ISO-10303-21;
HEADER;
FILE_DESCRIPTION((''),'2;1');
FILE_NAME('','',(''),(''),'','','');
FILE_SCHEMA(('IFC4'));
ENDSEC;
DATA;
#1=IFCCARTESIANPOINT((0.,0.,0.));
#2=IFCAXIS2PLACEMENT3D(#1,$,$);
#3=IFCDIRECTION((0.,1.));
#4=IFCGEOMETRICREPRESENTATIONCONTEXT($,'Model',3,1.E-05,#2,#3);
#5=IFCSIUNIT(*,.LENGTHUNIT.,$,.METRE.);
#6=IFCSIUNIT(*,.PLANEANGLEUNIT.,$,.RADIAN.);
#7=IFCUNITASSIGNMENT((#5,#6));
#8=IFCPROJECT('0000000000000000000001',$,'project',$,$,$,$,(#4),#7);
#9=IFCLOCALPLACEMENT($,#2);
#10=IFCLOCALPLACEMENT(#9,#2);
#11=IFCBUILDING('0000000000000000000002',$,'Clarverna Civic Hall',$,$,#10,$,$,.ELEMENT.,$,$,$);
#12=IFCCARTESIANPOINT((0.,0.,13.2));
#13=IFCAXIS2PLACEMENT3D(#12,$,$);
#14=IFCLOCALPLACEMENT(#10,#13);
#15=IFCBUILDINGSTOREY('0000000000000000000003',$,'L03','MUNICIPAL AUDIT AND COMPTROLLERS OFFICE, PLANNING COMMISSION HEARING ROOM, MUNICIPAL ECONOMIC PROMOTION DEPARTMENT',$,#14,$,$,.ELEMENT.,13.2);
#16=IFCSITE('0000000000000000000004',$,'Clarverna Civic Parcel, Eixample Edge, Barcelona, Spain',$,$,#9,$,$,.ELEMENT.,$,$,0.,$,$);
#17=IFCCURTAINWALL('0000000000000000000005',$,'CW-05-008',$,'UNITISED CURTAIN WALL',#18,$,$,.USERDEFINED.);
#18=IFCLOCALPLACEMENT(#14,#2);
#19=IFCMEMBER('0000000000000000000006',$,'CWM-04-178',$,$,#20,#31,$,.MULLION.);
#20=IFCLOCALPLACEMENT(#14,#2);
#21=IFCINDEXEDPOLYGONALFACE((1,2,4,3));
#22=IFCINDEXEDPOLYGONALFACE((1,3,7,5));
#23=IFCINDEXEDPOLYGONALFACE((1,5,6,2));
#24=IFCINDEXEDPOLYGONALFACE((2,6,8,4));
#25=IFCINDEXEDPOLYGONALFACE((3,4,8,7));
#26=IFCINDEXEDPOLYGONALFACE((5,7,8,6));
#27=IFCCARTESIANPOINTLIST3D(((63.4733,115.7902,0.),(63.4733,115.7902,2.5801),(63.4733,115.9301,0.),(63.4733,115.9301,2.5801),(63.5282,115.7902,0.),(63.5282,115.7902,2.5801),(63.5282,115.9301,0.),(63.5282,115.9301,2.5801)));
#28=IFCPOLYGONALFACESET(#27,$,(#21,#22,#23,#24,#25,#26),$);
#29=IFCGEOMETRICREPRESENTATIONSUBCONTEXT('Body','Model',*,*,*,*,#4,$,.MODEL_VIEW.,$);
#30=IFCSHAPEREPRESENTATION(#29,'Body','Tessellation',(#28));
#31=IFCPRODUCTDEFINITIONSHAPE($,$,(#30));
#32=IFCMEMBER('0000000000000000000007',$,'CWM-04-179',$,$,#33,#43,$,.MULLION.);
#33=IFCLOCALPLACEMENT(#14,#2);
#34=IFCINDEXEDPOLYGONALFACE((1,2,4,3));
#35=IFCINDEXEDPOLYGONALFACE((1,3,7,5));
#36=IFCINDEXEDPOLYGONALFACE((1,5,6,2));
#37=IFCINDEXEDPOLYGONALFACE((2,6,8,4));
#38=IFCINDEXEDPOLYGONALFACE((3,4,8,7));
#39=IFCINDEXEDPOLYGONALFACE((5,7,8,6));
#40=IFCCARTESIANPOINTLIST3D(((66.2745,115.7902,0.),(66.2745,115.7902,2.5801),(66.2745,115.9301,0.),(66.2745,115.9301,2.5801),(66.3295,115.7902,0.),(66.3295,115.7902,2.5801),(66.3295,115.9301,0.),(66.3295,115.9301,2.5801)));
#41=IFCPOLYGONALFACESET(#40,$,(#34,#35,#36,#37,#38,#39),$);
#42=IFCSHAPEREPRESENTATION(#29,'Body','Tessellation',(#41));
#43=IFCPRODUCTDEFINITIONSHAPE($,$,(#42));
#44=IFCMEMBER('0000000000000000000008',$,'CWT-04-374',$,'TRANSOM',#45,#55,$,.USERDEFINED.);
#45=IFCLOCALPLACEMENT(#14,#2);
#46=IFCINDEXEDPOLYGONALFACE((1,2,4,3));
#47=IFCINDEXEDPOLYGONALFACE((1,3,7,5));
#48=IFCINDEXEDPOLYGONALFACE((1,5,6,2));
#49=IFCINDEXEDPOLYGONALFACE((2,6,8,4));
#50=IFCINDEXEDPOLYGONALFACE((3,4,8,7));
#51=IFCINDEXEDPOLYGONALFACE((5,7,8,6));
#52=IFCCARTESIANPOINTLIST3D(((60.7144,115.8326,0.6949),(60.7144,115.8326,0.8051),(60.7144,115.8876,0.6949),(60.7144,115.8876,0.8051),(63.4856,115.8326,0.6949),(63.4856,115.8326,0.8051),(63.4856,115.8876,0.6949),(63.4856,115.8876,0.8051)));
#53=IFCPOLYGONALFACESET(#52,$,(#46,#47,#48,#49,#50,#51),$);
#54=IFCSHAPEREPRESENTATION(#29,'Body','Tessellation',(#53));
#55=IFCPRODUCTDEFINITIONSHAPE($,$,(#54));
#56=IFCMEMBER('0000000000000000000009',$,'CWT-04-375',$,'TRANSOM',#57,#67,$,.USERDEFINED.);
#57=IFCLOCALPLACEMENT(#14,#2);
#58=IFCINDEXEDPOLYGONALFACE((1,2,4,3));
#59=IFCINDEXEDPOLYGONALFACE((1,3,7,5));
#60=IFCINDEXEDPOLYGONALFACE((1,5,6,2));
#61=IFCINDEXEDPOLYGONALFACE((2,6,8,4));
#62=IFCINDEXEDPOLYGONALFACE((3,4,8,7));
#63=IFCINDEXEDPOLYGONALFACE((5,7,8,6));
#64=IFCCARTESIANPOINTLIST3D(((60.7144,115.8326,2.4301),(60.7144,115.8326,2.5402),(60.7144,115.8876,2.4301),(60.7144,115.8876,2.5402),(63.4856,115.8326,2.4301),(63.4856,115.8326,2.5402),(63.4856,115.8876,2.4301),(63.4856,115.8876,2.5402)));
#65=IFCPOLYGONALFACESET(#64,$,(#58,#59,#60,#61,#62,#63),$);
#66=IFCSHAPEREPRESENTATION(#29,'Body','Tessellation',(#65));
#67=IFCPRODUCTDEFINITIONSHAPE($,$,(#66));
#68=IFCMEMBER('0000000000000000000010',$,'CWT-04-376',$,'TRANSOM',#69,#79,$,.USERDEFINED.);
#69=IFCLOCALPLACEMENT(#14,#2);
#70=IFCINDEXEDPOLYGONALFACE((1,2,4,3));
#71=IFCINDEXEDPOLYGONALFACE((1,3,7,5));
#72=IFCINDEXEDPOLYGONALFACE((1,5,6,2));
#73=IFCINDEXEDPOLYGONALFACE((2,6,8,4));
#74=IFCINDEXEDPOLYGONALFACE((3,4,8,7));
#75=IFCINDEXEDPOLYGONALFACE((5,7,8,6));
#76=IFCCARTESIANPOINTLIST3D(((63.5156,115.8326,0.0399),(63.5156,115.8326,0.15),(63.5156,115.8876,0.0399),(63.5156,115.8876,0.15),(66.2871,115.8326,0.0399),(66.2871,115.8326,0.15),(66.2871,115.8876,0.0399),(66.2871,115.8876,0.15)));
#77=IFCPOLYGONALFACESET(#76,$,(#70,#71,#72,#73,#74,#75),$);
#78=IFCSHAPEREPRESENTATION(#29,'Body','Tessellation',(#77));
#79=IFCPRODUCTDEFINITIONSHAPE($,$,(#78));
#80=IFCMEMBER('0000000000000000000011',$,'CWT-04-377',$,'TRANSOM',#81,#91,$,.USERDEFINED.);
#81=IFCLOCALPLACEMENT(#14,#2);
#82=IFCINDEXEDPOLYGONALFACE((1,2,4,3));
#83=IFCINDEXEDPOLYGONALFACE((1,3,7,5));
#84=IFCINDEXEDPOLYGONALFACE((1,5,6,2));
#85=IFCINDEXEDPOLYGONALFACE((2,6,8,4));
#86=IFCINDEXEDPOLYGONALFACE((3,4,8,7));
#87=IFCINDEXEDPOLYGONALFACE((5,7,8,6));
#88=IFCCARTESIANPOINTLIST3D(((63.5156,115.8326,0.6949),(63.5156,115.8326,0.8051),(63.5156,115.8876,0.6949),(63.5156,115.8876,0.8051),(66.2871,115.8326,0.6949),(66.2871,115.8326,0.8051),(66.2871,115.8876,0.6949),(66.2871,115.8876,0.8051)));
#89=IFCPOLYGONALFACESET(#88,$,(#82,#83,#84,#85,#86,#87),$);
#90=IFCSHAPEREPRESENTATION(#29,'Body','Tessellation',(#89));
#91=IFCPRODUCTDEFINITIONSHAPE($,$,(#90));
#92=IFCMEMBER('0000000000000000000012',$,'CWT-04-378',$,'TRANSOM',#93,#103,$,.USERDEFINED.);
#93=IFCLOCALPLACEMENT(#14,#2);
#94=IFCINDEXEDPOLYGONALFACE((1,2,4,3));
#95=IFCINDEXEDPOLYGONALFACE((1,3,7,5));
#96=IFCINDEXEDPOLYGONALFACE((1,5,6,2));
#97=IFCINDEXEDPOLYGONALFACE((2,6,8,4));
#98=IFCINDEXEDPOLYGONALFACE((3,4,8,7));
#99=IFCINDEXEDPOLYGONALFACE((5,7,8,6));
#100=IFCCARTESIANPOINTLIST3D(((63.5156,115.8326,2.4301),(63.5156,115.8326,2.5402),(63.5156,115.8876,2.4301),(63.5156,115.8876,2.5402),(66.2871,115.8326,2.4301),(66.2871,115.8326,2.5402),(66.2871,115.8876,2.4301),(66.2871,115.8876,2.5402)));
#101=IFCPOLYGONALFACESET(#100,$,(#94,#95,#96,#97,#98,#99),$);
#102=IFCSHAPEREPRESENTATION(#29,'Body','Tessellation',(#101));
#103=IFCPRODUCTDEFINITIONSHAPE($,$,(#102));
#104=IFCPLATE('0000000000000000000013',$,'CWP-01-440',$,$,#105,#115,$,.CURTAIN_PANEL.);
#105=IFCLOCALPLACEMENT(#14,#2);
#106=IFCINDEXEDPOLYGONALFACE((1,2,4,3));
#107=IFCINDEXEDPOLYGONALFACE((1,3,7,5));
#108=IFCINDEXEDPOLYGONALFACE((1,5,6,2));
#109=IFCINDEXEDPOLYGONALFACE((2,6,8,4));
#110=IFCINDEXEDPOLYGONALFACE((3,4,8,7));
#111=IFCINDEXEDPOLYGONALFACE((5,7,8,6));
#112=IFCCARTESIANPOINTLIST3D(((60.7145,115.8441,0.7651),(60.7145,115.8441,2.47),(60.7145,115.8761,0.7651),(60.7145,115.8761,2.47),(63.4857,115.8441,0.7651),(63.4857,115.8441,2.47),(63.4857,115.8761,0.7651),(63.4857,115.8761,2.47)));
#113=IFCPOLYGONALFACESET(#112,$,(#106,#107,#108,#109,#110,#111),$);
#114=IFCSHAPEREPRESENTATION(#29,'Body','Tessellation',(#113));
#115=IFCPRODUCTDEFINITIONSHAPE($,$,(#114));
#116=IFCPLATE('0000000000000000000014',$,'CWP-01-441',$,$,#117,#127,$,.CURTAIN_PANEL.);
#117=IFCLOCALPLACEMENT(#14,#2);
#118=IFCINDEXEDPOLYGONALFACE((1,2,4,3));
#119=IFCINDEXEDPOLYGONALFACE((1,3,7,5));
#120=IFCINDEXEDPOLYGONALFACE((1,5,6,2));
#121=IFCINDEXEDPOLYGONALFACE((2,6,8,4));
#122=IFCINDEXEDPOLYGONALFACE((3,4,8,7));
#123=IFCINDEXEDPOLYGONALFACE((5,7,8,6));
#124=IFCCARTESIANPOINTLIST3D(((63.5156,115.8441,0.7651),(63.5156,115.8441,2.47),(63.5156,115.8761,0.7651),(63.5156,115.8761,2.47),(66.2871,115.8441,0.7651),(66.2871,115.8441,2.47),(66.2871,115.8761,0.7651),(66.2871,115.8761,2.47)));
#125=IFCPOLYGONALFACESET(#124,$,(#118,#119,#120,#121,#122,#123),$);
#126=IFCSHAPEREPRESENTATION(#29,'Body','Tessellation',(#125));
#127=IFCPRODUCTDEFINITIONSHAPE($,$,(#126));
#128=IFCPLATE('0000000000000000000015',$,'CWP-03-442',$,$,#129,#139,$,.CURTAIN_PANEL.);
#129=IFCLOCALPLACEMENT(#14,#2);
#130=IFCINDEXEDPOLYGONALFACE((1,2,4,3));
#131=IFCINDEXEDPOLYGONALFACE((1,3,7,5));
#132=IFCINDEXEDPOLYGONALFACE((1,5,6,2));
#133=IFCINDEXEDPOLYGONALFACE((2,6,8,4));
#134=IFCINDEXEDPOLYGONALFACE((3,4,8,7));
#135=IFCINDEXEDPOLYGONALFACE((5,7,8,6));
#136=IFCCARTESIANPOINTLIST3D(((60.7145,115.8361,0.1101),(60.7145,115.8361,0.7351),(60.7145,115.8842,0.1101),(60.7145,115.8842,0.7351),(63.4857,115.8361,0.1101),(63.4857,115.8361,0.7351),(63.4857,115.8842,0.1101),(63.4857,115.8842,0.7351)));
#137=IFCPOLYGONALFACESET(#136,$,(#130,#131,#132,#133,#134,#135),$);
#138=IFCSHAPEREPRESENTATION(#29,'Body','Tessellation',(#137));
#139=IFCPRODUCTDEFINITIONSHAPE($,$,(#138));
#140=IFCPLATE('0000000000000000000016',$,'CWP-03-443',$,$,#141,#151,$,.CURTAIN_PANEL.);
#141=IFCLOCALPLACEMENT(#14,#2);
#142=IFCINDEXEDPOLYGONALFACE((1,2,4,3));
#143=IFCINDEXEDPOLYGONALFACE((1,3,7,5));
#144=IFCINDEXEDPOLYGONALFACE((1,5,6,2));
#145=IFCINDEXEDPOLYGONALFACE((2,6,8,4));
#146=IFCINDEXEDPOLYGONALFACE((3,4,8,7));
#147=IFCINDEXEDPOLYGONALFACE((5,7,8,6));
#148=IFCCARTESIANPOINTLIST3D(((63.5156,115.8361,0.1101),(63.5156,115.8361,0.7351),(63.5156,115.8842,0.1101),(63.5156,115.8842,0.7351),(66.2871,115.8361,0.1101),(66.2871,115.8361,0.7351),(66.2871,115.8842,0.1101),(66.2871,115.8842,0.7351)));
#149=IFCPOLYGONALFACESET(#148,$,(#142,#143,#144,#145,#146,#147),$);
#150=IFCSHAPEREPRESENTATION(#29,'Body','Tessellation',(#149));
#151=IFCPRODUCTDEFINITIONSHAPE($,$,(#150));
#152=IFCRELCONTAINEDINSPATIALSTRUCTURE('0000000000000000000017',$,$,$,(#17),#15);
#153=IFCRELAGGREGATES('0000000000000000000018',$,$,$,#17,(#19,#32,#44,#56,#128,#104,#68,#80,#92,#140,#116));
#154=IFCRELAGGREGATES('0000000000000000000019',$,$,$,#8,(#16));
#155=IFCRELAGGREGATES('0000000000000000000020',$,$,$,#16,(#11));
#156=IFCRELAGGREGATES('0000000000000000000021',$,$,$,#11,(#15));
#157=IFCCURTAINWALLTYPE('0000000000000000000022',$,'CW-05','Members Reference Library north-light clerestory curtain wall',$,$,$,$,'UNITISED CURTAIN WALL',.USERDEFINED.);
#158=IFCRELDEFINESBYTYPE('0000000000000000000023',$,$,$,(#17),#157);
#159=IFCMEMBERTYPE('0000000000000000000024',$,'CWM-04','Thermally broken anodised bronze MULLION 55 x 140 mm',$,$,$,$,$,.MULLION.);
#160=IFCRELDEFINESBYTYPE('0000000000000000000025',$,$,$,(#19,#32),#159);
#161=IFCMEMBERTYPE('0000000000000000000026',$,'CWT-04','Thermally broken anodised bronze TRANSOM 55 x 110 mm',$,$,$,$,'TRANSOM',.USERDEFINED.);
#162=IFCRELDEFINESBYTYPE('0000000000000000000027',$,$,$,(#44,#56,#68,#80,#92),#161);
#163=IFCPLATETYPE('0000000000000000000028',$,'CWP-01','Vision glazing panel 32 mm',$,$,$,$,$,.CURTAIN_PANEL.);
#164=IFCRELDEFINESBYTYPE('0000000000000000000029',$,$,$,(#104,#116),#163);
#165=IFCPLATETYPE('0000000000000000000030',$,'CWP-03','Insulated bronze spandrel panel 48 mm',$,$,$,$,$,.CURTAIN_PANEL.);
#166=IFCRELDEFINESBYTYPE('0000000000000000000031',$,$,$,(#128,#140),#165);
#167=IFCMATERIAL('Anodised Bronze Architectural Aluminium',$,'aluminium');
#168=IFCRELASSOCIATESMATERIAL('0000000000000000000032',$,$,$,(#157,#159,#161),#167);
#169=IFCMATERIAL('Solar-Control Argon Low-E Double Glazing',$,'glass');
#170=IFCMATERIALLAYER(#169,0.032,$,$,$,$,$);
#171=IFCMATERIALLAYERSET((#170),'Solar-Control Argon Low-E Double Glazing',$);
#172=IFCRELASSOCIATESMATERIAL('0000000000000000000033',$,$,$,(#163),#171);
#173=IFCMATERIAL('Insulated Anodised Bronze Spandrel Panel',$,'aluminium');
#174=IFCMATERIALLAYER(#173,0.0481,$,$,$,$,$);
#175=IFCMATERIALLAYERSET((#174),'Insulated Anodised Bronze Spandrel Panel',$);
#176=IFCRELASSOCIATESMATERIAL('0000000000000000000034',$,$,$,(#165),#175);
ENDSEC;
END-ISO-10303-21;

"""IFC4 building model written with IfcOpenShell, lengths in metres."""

from ifc_helpers import new_model, si_unit, direction, frame, frame_2d, origin, origin_2d, place, context, subcontext, project, spatial, rectangle, extrude, material, layer, layer_set, material_profile, profile_set, type_object, element, aggregate, save


model = new_model("IFC4")

# Units and contexts
model_context = context("Model", 3, precision=1e-05, world=origin(), true_north=direction((0.0, 1.0)))
body_context = subcontext(model_context, "Body", "Model", "MODEL_VIEW")
ifc_project = project(units=[si_unit("LENGTHUNIT", "METRE"), si_unit("PLANEANGLEUNIT", "RADIAN")], contexts=[model_context])

# Site, building, storey
site_placement = place(None, origin())
site = spatial("IfcSite", under=ifc_project, at=site_placement, Name="Clarverna Civic Parcel, Eixample Edge, Barcelona, Spain", CompositionType="ELEMENT", RefElevation=0.0)
building_placement = place(site_placement, origin())
building = spatial("IfcBuilding", under=site, at=building_placement, Name="Clarverna Civic Hall", CompositionType="ELEMENT")
storey_placement = place(building_placement, frame((0.0, 0.0, 13.2)))
storey = spatial("IfcBuildingStorey", under=building, at=storey_placement, Name="L03", Description="MUNICIPAL AUDIT AND COMPTROLLERS OFFICE, PLANNING COMMISSION HEARING ROOM, MUNICIPAL ECONOMIC PROMOTION DEPARTMENT", CompositionType="ELEMENT", Elevation=13.2)

# Curtain wall, members, plates
ifc_material_1 = material(Name="Anodised Bronze Architectural Aluminium", Category="aluminium")
curtain_wall_type = type_object("IfcCurtainWallType", Name="CW-05", Description="Members Reference Library north-light clerestory curtain wall", ElementType="UNITISED CURTAIN WALL", PredefinedType="USERDEFINED", material=ifc_material_1)
curtain_wall_placement = place(storey_placement, origin())
curtain_wall = element("IfcCurtainWall", 1, at=curtain_wall_placement, inside=storey, type_object=curtain_wall_type, Name="CW-05-008", ObjectType="UNITISED CURTAIN WALL", PredefinedType="USERDEFINED")
ifc_material_profile_1 = material_profile(ifc_material_1, rectangle(XDim=0.0549, YDim=0.1399, at=origin_2d()), Name="BRONZE 55x140")
ifc_profile_set_1 = profile_set([ifc_material_profile_1], Name="Anodised Bronze Architectural Aluminium")
member_type_1 = type_object("IfcMemberType", Name="CWM-04", Description="Thermally broken anodised bronze MULLION 55 x 140 mm", PredefinedType="MULLION", material=ifc_profile_set_1)
member_1_placement = place(storey_placement, frame((63.5007, 115.8601, 0.0), z_axis=(0.0, 0.0, 1.0), x_axis=(1.0, 0.0, 0.0)))
member_1 = element("IfcMember", 2, at=member_1_placement, type_object=member_type_1, Name="CWM-04-178", PredefinedType="MULLION", context=body_context, shape_type="SweptSolid", body=[
    extrude(rectangle(XDim=0.0549, YDim=0.1399, at=origin_2d()), origin(), (0.0, 0.0, 1.0), 2.5801),
])
member_2_placement = place(storey_placement, frame((66.302, 115.8601, 0.0), z_axis=(0.0, 0.0, 1.0), x_axis=(1.0, 0.0, 0.0)))
member_2 = element("IfcMember", 3, at=member_2_placement, type_object=member_type_1, Name="CWM-04-179", PredefinedType="MULLION", context=body_context, shape_type="SweptSolid", body=[
    extrude(rectangle(XDim=0.0549, YDim=0.1399, at=origin_2d()), origin(), (0.0, 0.0, 1.0), 2.5801),
])
ifc_material_profile_2 = material_profile(ifc_material_1, rectangle(XDim=0.0549, YDim=0.1101, at=origin_2d()), Name="BRONZE 55x110")
ifc_profile_set_2 = profile_set([ifc_material_profile_2], Name="Anodised Bronze Architectural Aluminium")
member_type_2 = type_object("IfcMemberType", Name="CWT-04", Description="Thermally broken anodised bronze TRANSOM 55 x 110 mm", ElementType="TRANSOM", PredefinedType="USERDEFINED", material=ifc_profile_set_2)
member_3_placement = place(storey_placement, frame((60.7144, 115.8601, 0.75), z_axis=(1.0, 0.0, 0.0), x_axis=(0.0, 1.0, 0.0)))
member_3 = element("IfcMember", 4, at=member_3_placement, type_object=member_type_2, Name="CWT-04-374", ObjectType="TRANSOM", PredefinedType="USERDEFINED", context=body_context, shape_type="SweptSolid", body=[
    extrude(rectangle(XDim=0.0549, YDim=0.1101, at=origin_2d()), origin(), (0.0, 0.0, 1.0), 2.7712),
])
member_4_placement = place(storey_placement, frame((60.7144, 115.8601, 2.4851), z_axis=(1.0, 0.0, 0.0), x_axis=(0.0, 1.0, 0.0)))
member_4 = element("IfcMember", 5, at=member_4_placement, type_object=member_type_2, Name="CWT-04-375", ObjectType="TRANSOM", PredefinedType="USERDEFINED", context=body_context, shape_type="SweptSolid", body=[
    extrude(rectangle(XDim=0.0549, YDim=0.1101, at=origin_2d()), origin(), (0.0, 0.0, 1.0), 2.7712),
])
member_5_placement = place(storey_placement, frame((63.5156, 115.8601, 0.095), z_axis=(1.0, 0.0, 0.0), x_axis=(0.0, 1.0, 0.0)))
member_5 = element("IfcMember", 6, at=member_5_placement, type_object=member_type_2, Name="CWT-04-376", ObjectType="TRANSOM", PredefinedType="USERDEFINED", context=body_context, shape_type="SweptSolid", body=[
    extrude(rectangle(XDim=0.0549, YDim=0.1101, at=origin_2d()), origin(), (0.0, 0.0, 1.0), 2.7715),
])
member_6_placement = place(storey_placement, frame((63.5156, 115.8601, 0.75), z_axis=(1.0, 0.0, 0.0), x_axis=(0.0, 1.0, 0.0)))
member_6 = element("IfcMember", 7, at=member_6_placement, type_object=member_type_2, Name="CWT-04-377", ObjectType="TRANSOM", PredefinedType="USERDEFINED", context=body_context, shape_type="SweptSolid", body=[
    extrude(rectangle(XDim=0.0549, YDim=0.1101, at=origin_2d()), origin(), (0.0, 0.0, 1.0), 2.7715),
])
member_7_placement = place(storey_placement, frame((63.5156, 115.8601, 2.4851), z_axis=(1.0, 0.0, 0.0), x_axis=(0.0, 1.0, 0.0)))
member_7 = element("IfcMember", 8, at=member_7_placement, type_object=member_type_2, Name="CWT-04-378", ObjectType="TRANSOM", PredefinedType="USERDEFINED", context=body_context, shape_type="SweptSolid", body=[
    extrude(rectangle(XDim=0.0549, YDim=0.1101, at=origin_2d()), origin(), (0.0, 0.0, 1.0), 2.7715),
])
ifc_material_2 = material(Name="Solar-Control Argon Low-E Double Glazing", Category="glass")
ifc_layer_1 = layer(ifc_material_2, 0.032)
ifc_layer_set_1 = layer_set([ifc_layer_1], Name="Solar-Control Argon Low-E Double Glazing")
plate_type_1 = type_object("IfcPlateType", Name="CWP-01", Description="Vision glazing panel 32 mm", PredefinedType="CURTAIN_PANEL", material=ifc_layer_set_1)
plate_1_placement = place(storey_placement, frame((60.7144, 115.8601, 0.7651), z_axis=(0.0, 0.0, 1.0), x_axis=(1.0, 0.0, 0.0)))
plate_1 = element("IfcPlate", 9, at=plate_1_placement, type_object=plate_type_1, Name="CWP-01-440", PredefinedType="CURTAIN_PANEL", context=body_context, shape_type="SweptSolid", body=[
    extrude(rectangle(XDim=2.7712, YDim=0.032, at=frame_2d((1.3857, 0.0))), origin(), (0.0, 0.0, 1.0), 1.7048),
])
plate_2_placement = place(storey_placement, frame((63.5156, 115.8601, 0.7651), z_axis=(0.0, 0.0, 1.0), x_axis=(1.0, 0.0, 0.0)))
plate_2 = element("IfcPlate", 10, at=plate_2_placement, type_object=plate_type_1, Name="CWP-01-441", PredefinedType="CURTAIN_PANEL", context=body_context, shape_type="SweptSolid", body=[
    extrude(rectangle(XDim=2.7715, YDim=0.032, at=frame_2d((1.3857, 0.0))), origin(), (0.0, 0.0, 1.0), 1.7048),
])
ifc_material_3 = material(Name="Insulated Anodised Bronze Spandrel Panel", Category="aluminium")
ifc_layer_2 = layer(ifc_material_3, 0.0481)
ifc_layer_set_2 = layer_set([ifc_layer_2], Name="Insulated Anodised Bronze Spandrel Panel")
plate_type_2 = type_object("IfcPlateType", Name="CWP-03", Description="Insulated bronze spandrel panel 48 mm", PredefinedType="CURTAIN_PANEL", material=ifc_layer_set_2)
plate_3_placement = place(storey_placement, frame((60.7144, 115.8601, 0.1101), z_axis=(0.0, 0.0, 1.0), x_axis=(1.0, 0.0, 0.0)))
plate_3 = element("IfcPlate", 11, at=plate_3_placement, type_object=plate_type_2, Name="CWP-03-442", PredefinedType="CURTAIN_PANEL", context=body_context, shape_type="SweptSolid", body=[
    extrude(rectangle(XDim=2.7712, YDim=0.0481, at=frame_2d((1.3857, 0.0))), origin(), (0.0, 0.0, 1.0), 0.625),
])
plate_4_placement = place(storey_placement, frame((63.5156, 115.8601, 0.1101), z_axis=(0.0, 0.0, 1.0), x_axis=(1.0, 0.0, 0.0)))
plate_4 = element("IfcPlate", 12, at=plate_4_placement, type_object=plate_type_2, Name="CWP-03-443", PredefinedType="CURTAIN_PANEL", context=body_context, shape_type="SweptSolid", body=[
    extrude(rectangle(XDim=2.7715, YDim=0.0481, at=frame_2d((1.3857, 0.0))), origin(), (0.0, 0.0, 1.0), 0.625),
])
aggregate(curtain_wall, [member_1, member_2, member_3, member_4, plate_3, plate_1, member_5, member_6, member_7, plate_4, plate_2])

save(model, "model.ifc")
